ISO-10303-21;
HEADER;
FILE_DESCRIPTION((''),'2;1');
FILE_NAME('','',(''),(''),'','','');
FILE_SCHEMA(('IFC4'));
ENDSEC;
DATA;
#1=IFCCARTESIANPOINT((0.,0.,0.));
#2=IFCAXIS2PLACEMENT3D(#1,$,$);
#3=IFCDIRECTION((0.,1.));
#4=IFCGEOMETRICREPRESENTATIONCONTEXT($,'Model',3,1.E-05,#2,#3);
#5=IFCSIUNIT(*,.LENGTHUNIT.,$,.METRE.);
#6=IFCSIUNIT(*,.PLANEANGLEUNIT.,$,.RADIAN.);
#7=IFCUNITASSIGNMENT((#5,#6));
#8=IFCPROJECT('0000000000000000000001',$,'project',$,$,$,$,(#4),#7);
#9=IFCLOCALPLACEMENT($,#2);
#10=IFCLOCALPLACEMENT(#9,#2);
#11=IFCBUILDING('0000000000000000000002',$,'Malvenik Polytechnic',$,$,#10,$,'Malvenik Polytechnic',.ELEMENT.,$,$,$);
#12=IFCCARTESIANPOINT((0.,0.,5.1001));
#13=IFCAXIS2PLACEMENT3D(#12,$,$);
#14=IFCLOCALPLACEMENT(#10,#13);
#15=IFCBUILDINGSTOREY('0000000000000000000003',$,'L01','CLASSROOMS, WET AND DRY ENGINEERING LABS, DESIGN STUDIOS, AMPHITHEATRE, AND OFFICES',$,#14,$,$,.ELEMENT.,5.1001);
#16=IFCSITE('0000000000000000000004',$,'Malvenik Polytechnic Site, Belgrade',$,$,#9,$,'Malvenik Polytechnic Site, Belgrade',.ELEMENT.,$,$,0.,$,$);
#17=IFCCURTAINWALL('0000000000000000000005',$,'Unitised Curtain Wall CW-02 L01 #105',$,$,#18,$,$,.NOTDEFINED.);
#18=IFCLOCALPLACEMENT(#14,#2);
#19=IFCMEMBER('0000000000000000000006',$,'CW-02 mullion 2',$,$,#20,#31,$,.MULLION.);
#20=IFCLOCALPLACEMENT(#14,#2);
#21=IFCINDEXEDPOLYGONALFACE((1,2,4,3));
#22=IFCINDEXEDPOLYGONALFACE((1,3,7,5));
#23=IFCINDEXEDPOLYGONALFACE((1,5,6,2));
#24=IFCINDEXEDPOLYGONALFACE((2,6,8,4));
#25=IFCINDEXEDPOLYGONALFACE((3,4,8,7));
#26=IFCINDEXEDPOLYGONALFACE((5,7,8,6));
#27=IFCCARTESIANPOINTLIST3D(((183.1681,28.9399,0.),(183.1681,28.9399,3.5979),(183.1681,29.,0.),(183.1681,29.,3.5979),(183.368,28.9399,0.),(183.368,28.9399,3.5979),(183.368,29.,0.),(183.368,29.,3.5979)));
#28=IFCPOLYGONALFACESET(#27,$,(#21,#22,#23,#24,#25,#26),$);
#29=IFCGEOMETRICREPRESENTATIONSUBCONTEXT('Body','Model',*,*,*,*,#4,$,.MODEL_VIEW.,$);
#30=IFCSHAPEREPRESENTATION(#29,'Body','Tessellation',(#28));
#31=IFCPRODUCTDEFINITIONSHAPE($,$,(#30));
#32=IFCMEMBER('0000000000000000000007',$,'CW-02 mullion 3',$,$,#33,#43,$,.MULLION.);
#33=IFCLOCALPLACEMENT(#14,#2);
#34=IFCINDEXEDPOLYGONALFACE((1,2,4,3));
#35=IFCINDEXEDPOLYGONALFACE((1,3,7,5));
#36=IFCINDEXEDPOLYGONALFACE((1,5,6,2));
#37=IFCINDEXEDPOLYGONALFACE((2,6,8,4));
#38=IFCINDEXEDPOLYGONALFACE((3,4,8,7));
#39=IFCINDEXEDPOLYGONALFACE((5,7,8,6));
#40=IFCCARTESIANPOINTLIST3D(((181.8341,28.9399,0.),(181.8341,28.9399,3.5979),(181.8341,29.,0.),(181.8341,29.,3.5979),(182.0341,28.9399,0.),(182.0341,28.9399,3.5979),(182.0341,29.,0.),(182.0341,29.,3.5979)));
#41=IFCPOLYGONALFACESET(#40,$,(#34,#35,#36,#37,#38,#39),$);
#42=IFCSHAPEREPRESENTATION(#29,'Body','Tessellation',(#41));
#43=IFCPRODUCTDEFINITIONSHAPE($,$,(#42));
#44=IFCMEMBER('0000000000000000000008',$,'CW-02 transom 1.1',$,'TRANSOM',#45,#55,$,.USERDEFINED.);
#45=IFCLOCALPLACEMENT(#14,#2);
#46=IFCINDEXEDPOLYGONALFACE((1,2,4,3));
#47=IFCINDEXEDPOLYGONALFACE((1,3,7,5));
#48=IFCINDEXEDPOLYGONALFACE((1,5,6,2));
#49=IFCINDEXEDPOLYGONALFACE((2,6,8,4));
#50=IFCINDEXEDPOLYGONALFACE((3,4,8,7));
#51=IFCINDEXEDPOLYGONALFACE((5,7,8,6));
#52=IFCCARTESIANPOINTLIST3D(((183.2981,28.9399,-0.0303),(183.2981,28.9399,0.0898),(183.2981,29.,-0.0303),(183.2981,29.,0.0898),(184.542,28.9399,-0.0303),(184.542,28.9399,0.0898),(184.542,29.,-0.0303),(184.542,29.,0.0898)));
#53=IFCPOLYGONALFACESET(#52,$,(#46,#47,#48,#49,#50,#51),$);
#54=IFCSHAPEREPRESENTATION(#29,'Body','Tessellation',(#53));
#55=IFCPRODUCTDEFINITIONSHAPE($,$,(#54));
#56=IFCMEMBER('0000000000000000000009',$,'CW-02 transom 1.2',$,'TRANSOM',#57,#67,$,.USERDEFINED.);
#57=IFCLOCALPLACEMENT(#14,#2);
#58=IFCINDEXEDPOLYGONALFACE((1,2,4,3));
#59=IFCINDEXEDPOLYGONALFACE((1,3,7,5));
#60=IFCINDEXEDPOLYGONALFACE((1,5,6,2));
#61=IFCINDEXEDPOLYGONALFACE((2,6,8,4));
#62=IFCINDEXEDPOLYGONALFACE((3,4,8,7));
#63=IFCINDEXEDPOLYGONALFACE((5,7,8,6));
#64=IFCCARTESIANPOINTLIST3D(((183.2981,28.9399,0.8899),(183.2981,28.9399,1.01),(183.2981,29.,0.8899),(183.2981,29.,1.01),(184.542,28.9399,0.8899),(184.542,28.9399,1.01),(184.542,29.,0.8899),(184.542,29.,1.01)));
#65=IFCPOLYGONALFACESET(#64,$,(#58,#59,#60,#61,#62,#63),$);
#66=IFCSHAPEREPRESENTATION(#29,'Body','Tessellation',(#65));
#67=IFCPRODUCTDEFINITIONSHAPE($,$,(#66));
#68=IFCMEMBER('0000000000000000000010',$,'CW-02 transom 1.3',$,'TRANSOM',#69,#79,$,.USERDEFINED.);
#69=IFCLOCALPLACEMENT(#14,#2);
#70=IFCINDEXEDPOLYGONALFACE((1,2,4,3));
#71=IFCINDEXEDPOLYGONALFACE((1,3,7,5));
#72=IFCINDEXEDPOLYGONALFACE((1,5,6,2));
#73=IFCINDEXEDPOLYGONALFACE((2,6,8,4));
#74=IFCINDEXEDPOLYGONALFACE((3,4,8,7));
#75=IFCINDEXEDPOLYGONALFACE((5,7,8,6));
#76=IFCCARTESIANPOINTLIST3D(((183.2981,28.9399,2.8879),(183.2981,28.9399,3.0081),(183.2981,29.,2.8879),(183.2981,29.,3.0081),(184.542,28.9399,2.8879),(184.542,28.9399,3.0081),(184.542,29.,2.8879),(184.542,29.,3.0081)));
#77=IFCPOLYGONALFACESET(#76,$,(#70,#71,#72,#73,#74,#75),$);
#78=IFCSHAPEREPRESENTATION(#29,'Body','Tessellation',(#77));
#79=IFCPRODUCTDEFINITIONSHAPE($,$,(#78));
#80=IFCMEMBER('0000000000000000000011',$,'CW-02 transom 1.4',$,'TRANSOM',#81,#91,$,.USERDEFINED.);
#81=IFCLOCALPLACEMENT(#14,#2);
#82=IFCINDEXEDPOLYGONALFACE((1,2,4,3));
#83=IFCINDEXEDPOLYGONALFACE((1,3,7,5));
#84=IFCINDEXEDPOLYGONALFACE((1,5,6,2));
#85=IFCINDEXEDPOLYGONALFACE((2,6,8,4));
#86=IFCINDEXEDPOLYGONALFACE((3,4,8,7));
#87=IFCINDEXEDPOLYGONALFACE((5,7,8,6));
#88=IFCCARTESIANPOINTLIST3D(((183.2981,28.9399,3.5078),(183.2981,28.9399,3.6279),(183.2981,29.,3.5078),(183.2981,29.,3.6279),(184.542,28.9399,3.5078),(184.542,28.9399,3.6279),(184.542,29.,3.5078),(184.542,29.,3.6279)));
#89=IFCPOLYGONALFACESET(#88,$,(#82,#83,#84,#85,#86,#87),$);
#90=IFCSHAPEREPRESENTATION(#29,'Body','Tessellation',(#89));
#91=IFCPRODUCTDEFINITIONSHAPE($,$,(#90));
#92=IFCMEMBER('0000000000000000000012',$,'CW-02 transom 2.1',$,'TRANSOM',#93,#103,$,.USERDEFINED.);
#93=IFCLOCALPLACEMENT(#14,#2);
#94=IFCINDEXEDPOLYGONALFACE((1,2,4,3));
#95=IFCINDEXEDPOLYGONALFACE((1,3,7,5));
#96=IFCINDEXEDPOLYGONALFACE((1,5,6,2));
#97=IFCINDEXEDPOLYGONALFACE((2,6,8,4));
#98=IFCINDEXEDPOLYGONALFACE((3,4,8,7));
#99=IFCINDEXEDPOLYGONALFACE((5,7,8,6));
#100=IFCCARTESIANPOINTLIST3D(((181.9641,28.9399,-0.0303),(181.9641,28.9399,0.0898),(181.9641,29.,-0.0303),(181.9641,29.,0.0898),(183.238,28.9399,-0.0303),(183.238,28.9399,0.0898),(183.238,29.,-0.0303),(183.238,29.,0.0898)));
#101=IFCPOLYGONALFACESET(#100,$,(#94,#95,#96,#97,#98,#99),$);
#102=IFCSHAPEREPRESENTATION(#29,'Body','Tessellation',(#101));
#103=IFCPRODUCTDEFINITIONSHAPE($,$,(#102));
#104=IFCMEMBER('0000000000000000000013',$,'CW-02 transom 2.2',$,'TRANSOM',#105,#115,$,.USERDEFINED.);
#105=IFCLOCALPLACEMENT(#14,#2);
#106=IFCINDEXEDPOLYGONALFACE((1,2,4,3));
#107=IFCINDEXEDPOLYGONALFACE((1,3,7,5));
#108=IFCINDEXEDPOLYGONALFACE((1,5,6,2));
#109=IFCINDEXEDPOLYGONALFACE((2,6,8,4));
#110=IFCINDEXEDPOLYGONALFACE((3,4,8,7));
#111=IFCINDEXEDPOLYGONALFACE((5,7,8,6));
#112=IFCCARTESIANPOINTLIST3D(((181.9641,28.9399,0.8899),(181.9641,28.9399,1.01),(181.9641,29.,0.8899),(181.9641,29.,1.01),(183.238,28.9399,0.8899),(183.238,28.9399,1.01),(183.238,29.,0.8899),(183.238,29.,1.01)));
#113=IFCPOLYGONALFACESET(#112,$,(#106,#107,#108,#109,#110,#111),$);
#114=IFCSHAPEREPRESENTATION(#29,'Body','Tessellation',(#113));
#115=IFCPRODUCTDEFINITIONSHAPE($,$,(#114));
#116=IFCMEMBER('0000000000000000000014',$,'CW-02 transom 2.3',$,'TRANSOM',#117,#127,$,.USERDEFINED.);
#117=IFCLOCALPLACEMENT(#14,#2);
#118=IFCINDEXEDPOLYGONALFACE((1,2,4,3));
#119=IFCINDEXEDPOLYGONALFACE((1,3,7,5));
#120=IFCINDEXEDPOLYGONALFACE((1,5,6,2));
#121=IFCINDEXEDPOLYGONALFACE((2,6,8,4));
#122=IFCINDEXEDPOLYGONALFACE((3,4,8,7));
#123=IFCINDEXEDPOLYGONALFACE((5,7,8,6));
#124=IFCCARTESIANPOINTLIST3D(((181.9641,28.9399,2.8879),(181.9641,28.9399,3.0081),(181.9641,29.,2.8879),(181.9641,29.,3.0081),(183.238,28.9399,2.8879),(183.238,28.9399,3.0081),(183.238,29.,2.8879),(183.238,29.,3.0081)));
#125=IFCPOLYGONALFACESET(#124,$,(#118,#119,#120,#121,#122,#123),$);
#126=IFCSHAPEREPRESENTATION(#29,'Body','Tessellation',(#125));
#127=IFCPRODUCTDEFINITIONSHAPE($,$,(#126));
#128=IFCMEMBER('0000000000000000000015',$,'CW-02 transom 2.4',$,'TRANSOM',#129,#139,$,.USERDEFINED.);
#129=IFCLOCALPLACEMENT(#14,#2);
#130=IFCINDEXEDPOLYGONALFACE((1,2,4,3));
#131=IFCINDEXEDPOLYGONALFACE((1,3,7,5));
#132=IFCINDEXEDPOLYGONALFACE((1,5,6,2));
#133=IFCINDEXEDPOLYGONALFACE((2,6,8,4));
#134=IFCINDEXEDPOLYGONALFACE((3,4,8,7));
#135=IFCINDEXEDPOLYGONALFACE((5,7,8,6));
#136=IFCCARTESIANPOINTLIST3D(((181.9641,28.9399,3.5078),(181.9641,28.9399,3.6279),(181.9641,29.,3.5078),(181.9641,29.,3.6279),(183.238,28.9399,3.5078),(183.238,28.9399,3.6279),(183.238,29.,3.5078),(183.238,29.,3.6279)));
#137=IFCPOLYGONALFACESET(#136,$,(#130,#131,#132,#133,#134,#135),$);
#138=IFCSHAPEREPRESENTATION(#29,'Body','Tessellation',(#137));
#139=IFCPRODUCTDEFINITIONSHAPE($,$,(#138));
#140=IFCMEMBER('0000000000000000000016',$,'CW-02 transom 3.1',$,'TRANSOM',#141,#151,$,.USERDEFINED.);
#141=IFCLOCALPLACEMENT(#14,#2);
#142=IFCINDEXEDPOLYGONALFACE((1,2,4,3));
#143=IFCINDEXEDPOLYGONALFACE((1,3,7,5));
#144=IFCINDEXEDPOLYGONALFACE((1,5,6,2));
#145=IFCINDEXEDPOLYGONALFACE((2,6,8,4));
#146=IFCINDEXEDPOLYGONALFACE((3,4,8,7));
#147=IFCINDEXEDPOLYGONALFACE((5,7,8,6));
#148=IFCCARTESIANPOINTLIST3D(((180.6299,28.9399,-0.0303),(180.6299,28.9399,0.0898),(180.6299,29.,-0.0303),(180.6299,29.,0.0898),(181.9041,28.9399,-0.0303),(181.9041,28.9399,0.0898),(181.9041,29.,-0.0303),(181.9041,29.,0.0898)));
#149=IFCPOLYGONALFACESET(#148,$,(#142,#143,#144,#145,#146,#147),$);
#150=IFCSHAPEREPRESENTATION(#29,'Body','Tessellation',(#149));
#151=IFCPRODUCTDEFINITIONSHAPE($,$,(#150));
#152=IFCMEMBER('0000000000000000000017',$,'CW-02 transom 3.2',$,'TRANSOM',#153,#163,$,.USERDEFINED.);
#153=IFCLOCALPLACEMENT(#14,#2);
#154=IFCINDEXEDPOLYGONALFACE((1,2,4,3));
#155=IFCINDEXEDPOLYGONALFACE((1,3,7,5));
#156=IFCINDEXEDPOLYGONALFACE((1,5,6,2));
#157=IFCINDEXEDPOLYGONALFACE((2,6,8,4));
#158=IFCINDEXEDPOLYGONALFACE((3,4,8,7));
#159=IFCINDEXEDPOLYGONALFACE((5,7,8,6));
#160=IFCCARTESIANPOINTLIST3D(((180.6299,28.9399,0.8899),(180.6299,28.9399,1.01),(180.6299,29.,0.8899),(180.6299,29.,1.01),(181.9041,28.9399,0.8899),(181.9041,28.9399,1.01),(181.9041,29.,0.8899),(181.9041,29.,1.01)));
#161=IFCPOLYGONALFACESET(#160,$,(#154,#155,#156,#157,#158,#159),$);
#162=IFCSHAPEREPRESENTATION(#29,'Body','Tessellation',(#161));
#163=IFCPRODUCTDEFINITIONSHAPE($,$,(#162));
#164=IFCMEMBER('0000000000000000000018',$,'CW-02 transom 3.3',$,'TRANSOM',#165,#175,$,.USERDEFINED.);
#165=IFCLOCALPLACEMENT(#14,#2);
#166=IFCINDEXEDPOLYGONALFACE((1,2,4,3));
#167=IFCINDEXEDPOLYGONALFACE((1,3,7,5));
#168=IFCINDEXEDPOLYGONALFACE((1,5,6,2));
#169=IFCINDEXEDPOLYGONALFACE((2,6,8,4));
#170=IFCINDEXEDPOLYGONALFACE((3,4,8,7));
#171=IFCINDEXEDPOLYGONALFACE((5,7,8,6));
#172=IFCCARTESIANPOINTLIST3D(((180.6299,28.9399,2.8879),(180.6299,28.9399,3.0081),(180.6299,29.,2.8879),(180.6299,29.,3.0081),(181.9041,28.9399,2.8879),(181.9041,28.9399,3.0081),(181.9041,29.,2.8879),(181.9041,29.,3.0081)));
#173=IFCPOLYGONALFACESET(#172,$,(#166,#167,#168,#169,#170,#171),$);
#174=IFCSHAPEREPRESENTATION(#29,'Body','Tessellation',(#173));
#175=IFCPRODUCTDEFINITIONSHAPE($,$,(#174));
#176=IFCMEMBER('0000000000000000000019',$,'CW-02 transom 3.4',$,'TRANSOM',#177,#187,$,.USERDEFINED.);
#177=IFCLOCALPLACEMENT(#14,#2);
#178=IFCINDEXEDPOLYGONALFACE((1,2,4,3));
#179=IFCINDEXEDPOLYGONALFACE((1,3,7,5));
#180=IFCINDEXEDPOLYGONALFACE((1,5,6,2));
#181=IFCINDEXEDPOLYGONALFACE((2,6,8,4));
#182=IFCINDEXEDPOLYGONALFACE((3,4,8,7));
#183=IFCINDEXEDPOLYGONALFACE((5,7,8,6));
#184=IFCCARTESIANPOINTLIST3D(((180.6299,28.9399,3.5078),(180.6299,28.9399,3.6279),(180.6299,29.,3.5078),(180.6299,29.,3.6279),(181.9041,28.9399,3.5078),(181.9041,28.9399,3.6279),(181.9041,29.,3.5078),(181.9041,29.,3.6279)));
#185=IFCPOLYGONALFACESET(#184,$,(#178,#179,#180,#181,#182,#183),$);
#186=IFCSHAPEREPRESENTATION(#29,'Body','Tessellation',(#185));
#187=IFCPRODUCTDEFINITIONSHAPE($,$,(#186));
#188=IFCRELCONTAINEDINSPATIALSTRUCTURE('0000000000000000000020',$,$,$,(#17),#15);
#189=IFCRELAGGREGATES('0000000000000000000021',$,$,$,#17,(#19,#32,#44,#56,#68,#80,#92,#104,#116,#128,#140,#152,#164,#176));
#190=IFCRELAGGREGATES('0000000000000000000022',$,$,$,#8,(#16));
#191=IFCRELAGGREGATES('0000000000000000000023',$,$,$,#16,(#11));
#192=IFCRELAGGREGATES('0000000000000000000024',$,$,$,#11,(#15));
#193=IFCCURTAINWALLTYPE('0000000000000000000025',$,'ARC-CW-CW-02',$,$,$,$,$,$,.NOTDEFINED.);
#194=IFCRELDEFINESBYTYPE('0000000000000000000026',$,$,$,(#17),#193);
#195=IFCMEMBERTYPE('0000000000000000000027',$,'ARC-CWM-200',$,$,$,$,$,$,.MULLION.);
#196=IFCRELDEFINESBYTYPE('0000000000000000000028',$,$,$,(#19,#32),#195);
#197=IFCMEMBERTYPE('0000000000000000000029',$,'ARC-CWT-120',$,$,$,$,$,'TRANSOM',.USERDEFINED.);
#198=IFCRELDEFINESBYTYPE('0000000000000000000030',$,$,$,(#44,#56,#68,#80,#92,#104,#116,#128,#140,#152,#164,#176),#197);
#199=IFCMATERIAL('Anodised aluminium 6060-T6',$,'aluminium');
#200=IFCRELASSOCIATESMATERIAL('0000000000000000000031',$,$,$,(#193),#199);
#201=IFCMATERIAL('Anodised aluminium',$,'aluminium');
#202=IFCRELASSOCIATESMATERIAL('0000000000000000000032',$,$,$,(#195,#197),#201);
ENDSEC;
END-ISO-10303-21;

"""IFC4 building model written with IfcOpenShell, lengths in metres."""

from ifc_helpers import new_model, si_unit, direction, frame, origin, origin_2d, place, context, subcontext, project, spatial, rectangle, extrude, material, material_profile, profile_set, type_object, element, aggregate, save


model = new_model("IFC4")

# Units and contexts
model_context = context("Model", 3, precision=1e-05, world=origin(), true_north=direction((0.0, 1.0)))
body_context = subcontext(model_context, "Body", "Model", "MODEL_VIEW")
ifc_project = project(units=[si_unit("LENGTHUNIT", "METRE"), si_unit("PLANEANGLEUNIT", "RADIAN")], contexts=[model_context])

# Site, building, storey
site_placement = place(None, origin())
site = spatial("IfcSite", under=ifc_project, at=site_placement, Name="Malvenik Polytechnic Site, Belgrade", LongName="Malvenik Polytechnic Site, Belgrade", CompositionType="ELEMENT", RefElevation=0.0)
building_placement = place(site_placement, origin())
building = spatial("IfcBuilding", under=site, at=building_placement, Name="Malvenik Polytechnic", LongName="Malvenik Polytechnic", CompositionType="ELEMENT")
storey_placement = place(building_placement, frame((0.0, 0.0, 5.1001)))
storey = spatial("IfcBuildingStorey", under=building, at=storey_placement, Name="L01", Description="CLASSROOMS, WET AND DRY ENGINEERING LABS, DESIGN STUDIOS, AMPHITHEATRE, AND OFFICES", CompositionType="ELEMENT", Elevation=5.1001)

# Curtain wall, members
ifc_material_1 = material(Name="Anodised aluminium 6060-T6", Category="aluminium")
curtain_wall_type = type_object("IfcCurtainWallType", Name="ARC-CW-CW-02", PredefinedType="NOTDEFINED", material=ifc_material_1)
curtain_wall_placement = place(storey_placement, origin())
curtain_wall = element("IfcCurtainWall", 1, at=curtain_wall_placement, inside=storey, type_object=curtain_wall_type, Name="Unitised Curtain Wall CW-02 L01 #105", PredefinedType="NOTDEFINED")
ifc_material_2 = material(Name="Anodised aluminium", Category="aluminium")
ifc_material_profile_1 = material_profile(ifc_material_2, rectangle(XDim=0.0601, YDim=0.2, at=origin_2d()), Name="ALU MULLION 60x200")
ifc_profile_set_1 = profile_set([ifc_material_profile_1], Name="Anodised aluminium")
member_type_1 = type_object("IfcMemberType", Name="ARC-CWM-200", PredefinedType="MULLION", material=ifc_profile_set_1)
member_1_placement = place(storey_placement, frame((183.2681, 28.97, 0.0), z_axis=(0.0, 0.0, 1.0), x_axis=(0.0, -1.0, 0.0)))
member_1 = element("IfcMember", 2, at=member_1_placement, type_object=member_type_1, Name="CW-02 mullion 2", PredefinedType="MULLION", context=body_context, shape_type="SweptSolid", body=[
    extrude(rectangle(XDim=0.0601, YDim=0.2, at=origin_2d()), origin(), (0.0, 0.0, 1.0), 3.5979),
])
member_2_placement = place(storey_placement, frame((181.9341, 28.97, 0.0), z_axis=(0.0, 0.0, 1.0), x_axis=(0.0, -1.0, 0.0)))
member_2 = element("IfcMember", 3, at=member_2_placement, type_object=member_type_1, Name="CW-02 mullion 3", PredefinedType="MULLION", context=body_context, shape_type="SweptSolid", body=[
    extrude(rectangle(XDim=0.0601, YDim=0.2, at=origin_2d()), origin(), (0.0, 0.0, 1.0), 3.5979),
])
ifc_material_profile_2 = material_profile(ifc_material_2, rectangle(XDim=0.0601, YDim=0.1201, at=origin_2d()), Name="ALU TRANSOM 60x120")
ifc_profile_set_2 = profile_set([ifc_material_profile_2], Name="Anodised aluminium")
member_type_2 = type_object("IfcMemberType", Name="ARC-CWT-120", ElementType="TRANSOM", PredefinedType="USERDEFINED", material=ifc_profile_set_2)
member_3_placement = place(storey_placement, frame((184.542, 28.97, 0.0298), z_axis=(-1.0, 0.0, 0.0), x_axis=(0.0, -1.0, 0.0)))
member_3 = element("IfcMember", 4, at=member_3_placement, type_object=member_type_2, Name="CW-02 transom 1.1", ObjectType="TRANSOM", PredefinedType="USERDEFINED", context=body_context, shape_type="SweptSolid", body=[
    extrude(rectangle(XDim=0.0601, YDim=0.1201, at=origin_2d()), origin(), (0.0, 0.0, 1.0), 1.2439),
])
member_4_placement = place(storey_placement, frame((184.542, 28.97, 0.95), z_axis=(-1.0, 0.0, 0.0), x_axis=(0.0, -1.0, 0.0)))
member_4 = element("IfcMember", 5, at=member_4_placement, type_object=member_type_2, Name="CW-02 transom 1.2", ObjectType="TRANSOM", PredefinedType="USERDEFINED", context=body_context, shape_type="SweptSolid", body=[
    extrude(rectangle(XDim=0.0601, YDim=0.1201, at=origin_2d()), origin(), (0.0, 0.0, 1.0), 1.2439),
])
member_5_placement = place(storey_placement, frame((184.542, 28.97, 2.948), z_axis=(-1.0, 0.0, 0.0), x_axis=(0.0, -1.0, 0.0)))
member_5 = element("IfcMember", 6, at=member_5_placement, type_object=member_type_2, Name="CW-02 transom 1.3", ObjectType="TRANSOM", PredefinedType="USERDEFINED", context=body_context, shape_type="SweptSolid", body=[
    extrude(rectangle(XDim=0.0601, YDim=0.1201, at=origin_2d()), origin(), (0.0, 0.0, 1.0), 1.2439),
])
member_6_placement = place(storey_placement, frame((184.542, 28.97, 3.5679), z_axis=(-1.0, 0.0, 0.0), x_axis=(0.0, -1.0, 0.0)))
member_6 = element("IfcMember", 7, at=member_6_placement, type_object=member_type_2, Name="CW-02 transom 1.4", ObjectType="TRANSOM", PredefinedType="USERDEFINED", context=body_context, shape_type="SweptSolid", body=[
    extrude(rectangle(XDim=0.0601, YDim=0.1201, at=origin_2d()), origin(), (0.0, 0.0, 1.0), 1.2439),
])
member_7_placement = place(storey_placement, frame((183.238, 28.97, 0.0298), z_axis=(-1.0, 0.0, 0.0), x_axis=(0.0, -1.0, 0.0)))
member_7 = element("IfcMember", 8, at=member_7_placement, type_object=member_type_2, Name="CW-02 transom 2.1", ObjectType="TRANSOM", PredefinedType="USERDEFINED", context=body_context, shape_type="SweptSolid", body=[
    extrude(rectangle(XDim=0.0601, YDim=0.1201, at=origin_2d()), origin(), (0.0, 0.0, 1.0), 1.2739),
])
member_8_placement = place(storey_placement, frame((183.238, 28.97, 0.95), z_axis=(-1.0, 0.0, 0.0), x_axis=(0.0, -1.0, 0.0)))
member_8 = element("IfcMember", 9, at=member_8_placement, type_object=member_type_2, Name="CW-02 transom 2.2", ObjectType="TRANSOM", PredefinedType="USERDEFINED", context=body_context, shape_type="SweptSolid", body=[
    extrude(rectangle(XDim=0.0601, YDim=0.1201, at=origin_2d()), origin(), (0.0, 0.0, 1.0), 1.2739),
])
member_9_placement = place(storey_placement, frame((183.238, 28.97, 2.948), z_axis=(-1.0, 0.0, 0.0), x_axis=(0.0, -1.0, 0.0)))
member_9 = element("IfcMember", 10, at=member_9_placement, type_object=member_type_2, Name="CW-02 transom 2.3", ObjectType="TRANSOM", PredefinedType="USERDEFINED", context=body_context, shape_type="SweptSolid", body=[
    extrude(rectangle(XDim=0.0601, YDim=0.1201, at=origin_2d()), origin(), (0.0, 0.0, 1.0), 1.2739),
])
member_10_placement = place(storey_placement, frame((183.238, 28.97, 3.5679), z_axis=(-1.0, 0.0, 0.0), x_axis=(0.0, -1.0, 0.0)))
member_10 = element("IfcMember", 11, at=member_10_placement, type_object=member_type_2, Name="CW-02 transom 2.4", ObjectType="TRANSOM", PredefinedType="USERDEFINED", context=body_context, shape_type="SweptSolid", body=[
    extrude(rectangle(XDim=0.0601, YDim=0.1201, at=origin_2d()), origin(), (0.0, 0.0, 1.0), 1.2739),
])
member_11_placement = place(storey_placement, frame((181.9041, 28.97, 0.0298), z_axis=(-1.0, 0.0, 0.0), x_axis=(0.0, -1.0, 0.0)))
member_11 = element("IfcMember", 12, at=member_11_placement, type_object=member_type_2, Name="CW-02 transom 3.1", ObjectType="TRANSOM", PredefinedType="USERDEFINED", context=body_context, shape_type="SweptSolid", body=[
    extrude(rectangle(XDim=0.0601, YDim=0.1201, at=origin_2d()), origin(), (0.0, 0.0, 1.0), 1.2742),
])
member_12_placement = place(storey_placement, frame((181.9041, 28.97, 0.95), z_axis=(-1.0, 0.0, 0.0), x_axis=(0.0, -1.0, 0.0)))
member_12 = element("IfcMember", 13, at=member_12_placement, type_object=member_type_2, Name="CW-02 transom 3.2", ObjectType="TRANSOM", PredefinedType="USERDEFINED", context=body_context, shape_type="SweptSolid", body=[
    extrude(rectangle(XDim=0.0601, YDim=0.1201, at=origin_2d()), origin(), (0.0, 0.0, 1.0), 1.2742),
])
member_13_placement = place(storey_placement, frame((181.9041, 28.97, 2.948), z_axis=(-1.0, 0.0, 0.0), x_axis=(0.0, -1.0, 0.0)))
member_13 = element("IfcMember", 14, at=member_13_placement, type_object=member_type_2, Name="CW-02 transom 3.3", ObjectType="TRANSOM", PredefinedType="USERDEFINED", context=body_context, shape_type="SweptSolid", body=[
    extrude(rectangle(XDim=0.0601, YDim=0.1201, at=origin_2d()), origin(), (0.0, 0.0, 1.0), 1.2742),
])
member_14_placement = place(storey_placement, frame((181.9041, 28.97, 3.5679), z_axis=(-1.0, 0.0, 0.0), x_axis=(0.0, -1.0, 0.0)))
member_14 = element("IfcMember", 15, at=member_14_placement, type_object=member_type_2, Name="CW-02 transom 3.4", ObjectType="TRANSOM", PredefinedType="USERDEFINED", context=body_context, shape_type="SweptSolid", body=[
    extrude(rectangle(XDim=0.0601, YDim=0.1201, at=origin_2d()), origin(), (0.0, 0.0, 1.0), 1.2742),
])
aggregate(curtain_wall, [member_1, member_2, member_3, member_4, member_5, member_6, member_7, member_8, member_9, member_10, member_11, member_12, member_13, member_14])

save(model, "model.ifc")
